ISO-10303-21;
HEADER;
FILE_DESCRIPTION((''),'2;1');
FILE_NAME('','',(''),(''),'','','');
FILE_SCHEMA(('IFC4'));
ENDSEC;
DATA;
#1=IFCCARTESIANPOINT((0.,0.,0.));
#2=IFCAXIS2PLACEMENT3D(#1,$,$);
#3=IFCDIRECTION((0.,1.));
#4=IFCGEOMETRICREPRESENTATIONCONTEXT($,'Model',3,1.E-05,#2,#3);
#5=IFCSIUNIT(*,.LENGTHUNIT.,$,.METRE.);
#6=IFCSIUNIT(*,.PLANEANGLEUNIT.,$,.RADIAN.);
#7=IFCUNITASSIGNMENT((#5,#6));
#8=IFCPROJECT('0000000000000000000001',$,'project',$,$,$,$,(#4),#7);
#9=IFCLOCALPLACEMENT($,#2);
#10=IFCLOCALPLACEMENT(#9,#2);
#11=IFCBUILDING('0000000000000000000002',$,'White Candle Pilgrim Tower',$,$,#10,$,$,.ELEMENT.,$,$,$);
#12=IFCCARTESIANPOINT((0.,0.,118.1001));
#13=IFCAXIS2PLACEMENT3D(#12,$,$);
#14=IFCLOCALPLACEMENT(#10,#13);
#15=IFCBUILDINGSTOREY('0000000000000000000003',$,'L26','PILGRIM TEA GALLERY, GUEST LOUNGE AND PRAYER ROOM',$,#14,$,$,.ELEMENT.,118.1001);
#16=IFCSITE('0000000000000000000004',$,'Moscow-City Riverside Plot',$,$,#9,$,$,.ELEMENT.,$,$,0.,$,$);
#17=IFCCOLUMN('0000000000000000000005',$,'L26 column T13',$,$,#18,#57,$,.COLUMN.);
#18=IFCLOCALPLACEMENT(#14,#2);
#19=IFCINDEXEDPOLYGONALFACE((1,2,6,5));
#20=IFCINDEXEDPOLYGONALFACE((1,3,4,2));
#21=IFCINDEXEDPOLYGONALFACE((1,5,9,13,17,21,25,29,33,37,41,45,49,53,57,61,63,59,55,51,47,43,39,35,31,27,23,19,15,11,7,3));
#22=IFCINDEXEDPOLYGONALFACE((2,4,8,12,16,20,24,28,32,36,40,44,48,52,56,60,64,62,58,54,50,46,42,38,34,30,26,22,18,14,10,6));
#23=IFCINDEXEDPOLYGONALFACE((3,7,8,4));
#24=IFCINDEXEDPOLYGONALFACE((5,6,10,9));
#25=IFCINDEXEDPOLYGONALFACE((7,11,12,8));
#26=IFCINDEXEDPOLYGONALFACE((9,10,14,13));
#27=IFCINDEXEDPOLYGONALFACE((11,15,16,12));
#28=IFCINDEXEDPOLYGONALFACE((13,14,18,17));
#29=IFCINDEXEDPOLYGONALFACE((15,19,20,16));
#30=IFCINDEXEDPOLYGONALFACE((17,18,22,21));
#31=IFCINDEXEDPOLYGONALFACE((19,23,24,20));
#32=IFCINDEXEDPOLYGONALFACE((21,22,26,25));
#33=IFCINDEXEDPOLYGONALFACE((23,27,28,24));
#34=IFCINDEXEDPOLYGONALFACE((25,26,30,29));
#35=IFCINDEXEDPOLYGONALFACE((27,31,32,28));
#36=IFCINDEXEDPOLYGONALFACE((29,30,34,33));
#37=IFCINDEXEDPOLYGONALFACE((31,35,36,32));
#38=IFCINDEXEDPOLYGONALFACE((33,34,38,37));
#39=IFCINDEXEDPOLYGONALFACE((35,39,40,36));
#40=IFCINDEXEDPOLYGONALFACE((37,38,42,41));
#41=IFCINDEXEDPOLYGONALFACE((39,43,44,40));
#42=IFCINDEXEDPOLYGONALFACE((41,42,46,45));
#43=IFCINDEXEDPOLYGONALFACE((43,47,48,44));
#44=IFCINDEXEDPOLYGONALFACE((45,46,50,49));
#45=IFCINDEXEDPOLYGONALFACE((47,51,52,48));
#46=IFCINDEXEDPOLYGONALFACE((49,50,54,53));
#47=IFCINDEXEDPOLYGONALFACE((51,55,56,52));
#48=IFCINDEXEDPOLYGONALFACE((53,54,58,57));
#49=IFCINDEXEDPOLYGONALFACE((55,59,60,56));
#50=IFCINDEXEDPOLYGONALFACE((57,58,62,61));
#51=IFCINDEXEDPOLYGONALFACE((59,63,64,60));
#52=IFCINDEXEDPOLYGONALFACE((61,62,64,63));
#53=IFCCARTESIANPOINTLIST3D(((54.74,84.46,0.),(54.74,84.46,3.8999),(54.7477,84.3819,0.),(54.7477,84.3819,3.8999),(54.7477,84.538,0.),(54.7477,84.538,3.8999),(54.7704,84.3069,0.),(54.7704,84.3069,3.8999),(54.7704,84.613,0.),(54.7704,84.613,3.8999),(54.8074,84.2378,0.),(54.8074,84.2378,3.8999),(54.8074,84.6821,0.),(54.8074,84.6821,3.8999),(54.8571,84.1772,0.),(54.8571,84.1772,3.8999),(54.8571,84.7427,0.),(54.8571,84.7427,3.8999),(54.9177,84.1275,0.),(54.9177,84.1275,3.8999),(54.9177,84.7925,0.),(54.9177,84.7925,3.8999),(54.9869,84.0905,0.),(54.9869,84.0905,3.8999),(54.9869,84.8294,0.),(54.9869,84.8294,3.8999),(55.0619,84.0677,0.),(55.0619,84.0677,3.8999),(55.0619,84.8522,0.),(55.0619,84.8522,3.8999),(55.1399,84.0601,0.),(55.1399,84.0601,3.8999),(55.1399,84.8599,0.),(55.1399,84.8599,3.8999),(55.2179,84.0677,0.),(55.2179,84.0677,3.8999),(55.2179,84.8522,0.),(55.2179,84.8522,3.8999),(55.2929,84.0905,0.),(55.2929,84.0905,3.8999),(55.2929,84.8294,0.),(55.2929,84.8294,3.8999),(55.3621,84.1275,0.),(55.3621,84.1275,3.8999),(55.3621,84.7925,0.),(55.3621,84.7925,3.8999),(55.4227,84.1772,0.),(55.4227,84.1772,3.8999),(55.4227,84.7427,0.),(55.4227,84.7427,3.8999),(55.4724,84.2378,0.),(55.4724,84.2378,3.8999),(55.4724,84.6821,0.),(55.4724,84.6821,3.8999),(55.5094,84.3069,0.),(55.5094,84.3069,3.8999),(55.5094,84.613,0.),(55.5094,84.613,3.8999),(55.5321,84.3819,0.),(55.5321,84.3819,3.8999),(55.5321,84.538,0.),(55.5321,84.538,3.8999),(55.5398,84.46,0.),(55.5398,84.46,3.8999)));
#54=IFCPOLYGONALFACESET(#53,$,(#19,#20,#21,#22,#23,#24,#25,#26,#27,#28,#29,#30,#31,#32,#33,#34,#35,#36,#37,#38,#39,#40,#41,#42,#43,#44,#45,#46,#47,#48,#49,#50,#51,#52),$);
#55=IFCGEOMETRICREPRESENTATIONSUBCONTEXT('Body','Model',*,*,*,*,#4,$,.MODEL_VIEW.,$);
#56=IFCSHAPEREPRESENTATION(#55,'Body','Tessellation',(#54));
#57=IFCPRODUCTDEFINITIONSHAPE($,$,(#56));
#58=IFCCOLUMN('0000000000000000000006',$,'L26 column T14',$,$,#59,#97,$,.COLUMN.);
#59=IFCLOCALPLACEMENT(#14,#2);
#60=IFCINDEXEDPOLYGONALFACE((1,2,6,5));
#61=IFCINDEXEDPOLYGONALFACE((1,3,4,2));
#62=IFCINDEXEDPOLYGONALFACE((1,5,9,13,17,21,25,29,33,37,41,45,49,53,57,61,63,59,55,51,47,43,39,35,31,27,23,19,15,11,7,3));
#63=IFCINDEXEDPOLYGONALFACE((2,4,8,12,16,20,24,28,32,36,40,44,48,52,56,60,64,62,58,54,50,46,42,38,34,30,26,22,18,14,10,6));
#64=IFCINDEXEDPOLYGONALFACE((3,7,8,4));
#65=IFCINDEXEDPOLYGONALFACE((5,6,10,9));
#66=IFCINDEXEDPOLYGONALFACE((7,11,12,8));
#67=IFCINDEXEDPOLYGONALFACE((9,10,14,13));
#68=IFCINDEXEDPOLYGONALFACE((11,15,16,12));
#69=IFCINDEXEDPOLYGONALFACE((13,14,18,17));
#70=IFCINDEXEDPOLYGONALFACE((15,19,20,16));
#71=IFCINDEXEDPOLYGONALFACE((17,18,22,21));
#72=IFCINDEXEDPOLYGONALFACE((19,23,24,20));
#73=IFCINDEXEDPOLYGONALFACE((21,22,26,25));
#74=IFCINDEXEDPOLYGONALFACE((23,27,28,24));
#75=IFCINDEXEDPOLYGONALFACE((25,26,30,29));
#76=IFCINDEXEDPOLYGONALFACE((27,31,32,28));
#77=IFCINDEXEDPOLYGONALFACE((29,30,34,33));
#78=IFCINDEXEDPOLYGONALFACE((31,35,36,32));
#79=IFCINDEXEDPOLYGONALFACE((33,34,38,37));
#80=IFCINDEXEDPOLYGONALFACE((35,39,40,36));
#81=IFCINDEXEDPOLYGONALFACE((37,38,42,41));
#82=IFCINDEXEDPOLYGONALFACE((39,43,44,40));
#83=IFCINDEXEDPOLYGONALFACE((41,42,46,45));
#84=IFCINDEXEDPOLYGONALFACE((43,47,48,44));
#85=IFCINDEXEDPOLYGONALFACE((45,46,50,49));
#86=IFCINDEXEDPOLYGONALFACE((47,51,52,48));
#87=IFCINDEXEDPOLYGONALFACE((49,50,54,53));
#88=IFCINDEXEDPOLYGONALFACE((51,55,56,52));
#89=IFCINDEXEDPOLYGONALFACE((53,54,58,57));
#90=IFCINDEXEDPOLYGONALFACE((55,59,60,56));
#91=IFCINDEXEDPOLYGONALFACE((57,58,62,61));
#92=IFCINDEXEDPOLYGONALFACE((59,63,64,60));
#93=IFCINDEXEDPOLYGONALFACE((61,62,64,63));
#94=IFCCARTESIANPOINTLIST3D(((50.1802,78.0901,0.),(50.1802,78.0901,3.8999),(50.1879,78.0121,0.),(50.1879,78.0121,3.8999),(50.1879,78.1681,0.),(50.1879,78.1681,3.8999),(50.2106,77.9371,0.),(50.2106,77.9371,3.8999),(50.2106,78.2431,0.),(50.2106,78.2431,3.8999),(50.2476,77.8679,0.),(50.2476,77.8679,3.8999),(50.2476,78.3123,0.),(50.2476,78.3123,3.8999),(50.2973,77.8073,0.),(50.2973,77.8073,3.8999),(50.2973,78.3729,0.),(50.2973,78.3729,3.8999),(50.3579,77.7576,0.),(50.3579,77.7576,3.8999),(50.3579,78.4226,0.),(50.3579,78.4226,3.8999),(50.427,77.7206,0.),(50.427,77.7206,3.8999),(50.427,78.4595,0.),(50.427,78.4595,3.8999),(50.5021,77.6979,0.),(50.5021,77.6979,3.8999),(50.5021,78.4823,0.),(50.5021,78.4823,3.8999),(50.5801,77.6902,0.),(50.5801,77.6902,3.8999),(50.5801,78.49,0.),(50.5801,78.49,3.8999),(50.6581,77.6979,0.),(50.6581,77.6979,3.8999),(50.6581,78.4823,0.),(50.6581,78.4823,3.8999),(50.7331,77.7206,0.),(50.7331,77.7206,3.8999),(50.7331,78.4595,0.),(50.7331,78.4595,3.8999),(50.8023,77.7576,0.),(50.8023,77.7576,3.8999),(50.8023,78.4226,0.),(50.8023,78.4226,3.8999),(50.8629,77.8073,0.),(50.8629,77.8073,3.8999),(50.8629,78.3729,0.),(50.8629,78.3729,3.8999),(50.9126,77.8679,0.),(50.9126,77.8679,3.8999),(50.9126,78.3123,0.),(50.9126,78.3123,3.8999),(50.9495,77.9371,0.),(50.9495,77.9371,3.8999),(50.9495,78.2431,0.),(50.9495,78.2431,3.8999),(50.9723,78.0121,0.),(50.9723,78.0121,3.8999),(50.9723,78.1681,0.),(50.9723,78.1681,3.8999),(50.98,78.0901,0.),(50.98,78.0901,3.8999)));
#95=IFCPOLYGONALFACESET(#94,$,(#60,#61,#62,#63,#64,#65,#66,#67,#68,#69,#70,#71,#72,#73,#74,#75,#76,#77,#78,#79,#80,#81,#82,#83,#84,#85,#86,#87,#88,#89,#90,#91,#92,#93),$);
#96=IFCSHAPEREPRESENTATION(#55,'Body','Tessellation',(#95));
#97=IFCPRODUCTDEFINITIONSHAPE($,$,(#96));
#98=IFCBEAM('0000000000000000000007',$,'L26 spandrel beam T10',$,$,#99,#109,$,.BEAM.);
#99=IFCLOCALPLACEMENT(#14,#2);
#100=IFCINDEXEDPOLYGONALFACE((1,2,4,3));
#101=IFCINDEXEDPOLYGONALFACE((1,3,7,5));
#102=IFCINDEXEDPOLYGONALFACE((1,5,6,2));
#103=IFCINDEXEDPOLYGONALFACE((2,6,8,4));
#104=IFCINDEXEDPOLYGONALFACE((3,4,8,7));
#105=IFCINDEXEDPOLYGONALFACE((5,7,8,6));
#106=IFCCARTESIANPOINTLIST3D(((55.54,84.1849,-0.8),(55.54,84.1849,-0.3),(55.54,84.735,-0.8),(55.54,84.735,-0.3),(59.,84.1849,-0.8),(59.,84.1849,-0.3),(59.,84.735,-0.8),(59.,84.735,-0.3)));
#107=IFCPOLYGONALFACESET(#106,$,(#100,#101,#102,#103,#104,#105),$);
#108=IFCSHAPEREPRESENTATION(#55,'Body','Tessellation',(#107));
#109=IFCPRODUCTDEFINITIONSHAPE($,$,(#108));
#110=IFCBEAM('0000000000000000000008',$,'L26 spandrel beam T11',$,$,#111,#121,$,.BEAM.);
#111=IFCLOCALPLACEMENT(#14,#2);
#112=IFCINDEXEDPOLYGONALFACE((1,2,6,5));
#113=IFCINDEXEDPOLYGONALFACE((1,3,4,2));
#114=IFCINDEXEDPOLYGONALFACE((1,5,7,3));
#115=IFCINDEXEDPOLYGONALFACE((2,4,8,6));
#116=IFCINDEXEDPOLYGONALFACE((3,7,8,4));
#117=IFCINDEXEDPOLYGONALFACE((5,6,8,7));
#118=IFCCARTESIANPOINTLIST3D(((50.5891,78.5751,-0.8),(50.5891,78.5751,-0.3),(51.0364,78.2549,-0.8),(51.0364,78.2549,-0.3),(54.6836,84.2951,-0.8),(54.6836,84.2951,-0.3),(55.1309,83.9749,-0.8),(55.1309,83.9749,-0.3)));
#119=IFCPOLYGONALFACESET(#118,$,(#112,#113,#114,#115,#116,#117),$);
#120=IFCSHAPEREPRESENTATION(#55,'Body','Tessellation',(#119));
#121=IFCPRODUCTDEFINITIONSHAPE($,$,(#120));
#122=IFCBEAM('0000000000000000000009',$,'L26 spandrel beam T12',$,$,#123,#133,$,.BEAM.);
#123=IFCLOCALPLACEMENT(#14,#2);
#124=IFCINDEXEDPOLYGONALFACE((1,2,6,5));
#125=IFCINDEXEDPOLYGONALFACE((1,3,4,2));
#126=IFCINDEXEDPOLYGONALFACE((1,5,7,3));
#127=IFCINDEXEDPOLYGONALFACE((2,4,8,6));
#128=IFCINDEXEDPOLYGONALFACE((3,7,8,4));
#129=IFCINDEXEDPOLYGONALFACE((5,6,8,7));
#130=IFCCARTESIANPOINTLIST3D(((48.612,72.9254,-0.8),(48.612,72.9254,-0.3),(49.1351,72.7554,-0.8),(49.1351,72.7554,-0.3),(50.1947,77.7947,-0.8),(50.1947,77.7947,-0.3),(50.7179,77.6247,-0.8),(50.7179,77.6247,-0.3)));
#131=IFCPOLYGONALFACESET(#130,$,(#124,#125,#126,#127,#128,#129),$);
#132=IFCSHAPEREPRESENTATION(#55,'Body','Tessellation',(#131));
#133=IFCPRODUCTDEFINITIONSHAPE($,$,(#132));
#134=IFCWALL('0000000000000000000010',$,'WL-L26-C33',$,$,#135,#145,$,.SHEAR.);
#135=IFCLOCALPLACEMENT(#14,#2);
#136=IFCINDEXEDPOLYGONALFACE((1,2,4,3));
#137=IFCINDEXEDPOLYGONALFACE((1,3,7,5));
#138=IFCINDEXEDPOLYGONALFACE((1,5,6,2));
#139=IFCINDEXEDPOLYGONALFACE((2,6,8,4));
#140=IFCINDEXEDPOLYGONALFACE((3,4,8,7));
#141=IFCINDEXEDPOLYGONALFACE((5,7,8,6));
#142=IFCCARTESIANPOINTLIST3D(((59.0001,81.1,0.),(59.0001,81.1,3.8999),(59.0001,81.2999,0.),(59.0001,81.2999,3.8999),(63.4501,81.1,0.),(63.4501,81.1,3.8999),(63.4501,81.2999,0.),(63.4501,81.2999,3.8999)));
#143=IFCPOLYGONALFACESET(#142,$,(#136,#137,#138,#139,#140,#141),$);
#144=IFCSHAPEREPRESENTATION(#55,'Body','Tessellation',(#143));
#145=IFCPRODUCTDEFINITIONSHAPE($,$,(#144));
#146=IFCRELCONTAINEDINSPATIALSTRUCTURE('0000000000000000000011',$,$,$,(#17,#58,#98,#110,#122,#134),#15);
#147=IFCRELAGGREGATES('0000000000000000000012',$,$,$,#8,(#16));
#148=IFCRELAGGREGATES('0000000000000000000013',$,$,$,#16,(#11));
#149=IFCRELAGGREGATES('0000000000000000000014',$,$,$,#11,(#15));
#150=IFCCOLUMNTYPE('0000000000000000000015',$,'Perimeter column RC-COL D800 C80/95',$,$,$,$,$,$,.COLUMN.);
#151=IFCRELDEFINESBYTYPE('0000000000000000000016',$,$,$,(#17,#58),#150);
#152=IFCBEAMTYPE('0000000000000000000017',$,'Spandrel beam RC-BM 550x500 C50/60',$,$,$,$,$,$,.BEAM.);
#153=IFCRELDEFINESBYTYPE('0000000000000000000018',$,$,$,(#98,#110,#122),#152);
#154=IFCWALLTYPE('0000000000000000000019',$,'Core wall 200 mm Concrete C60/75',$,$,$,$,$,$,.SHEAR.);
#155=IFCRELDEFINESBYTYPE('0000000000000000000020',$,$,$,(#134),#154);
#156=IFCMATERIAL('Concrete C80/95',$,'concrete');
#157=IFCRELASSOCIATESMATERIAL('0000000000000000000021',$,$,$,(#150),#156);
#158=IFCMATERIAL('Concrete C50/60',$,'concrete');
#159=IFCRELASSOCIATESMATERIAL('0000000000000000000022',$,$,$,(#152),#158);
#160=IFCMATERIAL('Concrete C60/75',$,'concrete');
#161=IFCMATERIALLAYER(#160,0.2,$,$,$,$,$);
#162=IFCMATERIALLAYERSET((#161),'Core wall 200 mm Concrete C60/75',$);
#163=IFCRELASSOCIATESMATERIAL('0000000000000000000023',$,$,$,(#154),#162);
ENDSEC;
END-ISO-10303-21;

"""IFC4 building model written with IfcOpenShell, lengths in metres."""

from ifc_helpers import new_model, si_unit, direction, frame, frame_2d, origin, origin_2d, place, context, subcontext, project, spatial, rectangle, circle, extrude, material, layer, layer_set, material_profile, profile_set, type_object, element, save


model = new_model("IFC4")

# Units and contexts
model_context = context("Model", 3, precision=1e-05, world=origin(), true_north=direction((0.0, 1.0)))
body_context = subcontext(model_context, "Body", "Model", "MODEL_VIEW")
ifc_project = project(units=[si_unit("LENGTHUNIT", "METRE"), si_unit("PLANEANGLEUNIT", "RADIAN")], contexts=[model_context])

# Site, building, storey
site_placement = place(None, origin())
site = spatial("IfcSite", under=ifc_project, at=site_placement, Name="Moscow-City Riverside Plot", CompositionType="ELEMENT", RefElevation=0.0)
building_placement = place(site_placement, origin())
building = spatial("IfcBuilding", under=site, at=building_placement, Name="White Candle Pilgrim Tower", CompositionType="ELEMENT")
storey_placement = place(building_placement, frame((0.0, 0.0, 118.1001)))
storey = spatial("IfcBuildingStorey", under=building, at=storey_placement, Name="L26", Description="PILGRIM TEA GALLERY, GUEST LOUNGE AND PRAYER ROOM", CompositionType="ELEMENT", Elevation=118.1001)

# Columns
ifc_material_1 = material(Name="Concrete C80/95", Category="concrete")
ifc_material_profile_1 = material_profile(ifc_material_1, circle(Radius=0.3999, at=origin_2d()), Name="RC-COL D800")
ifc_profile_set_1 = profile_set([ifc_material_profile_1], Name="Concrete C80/95")
column_type = type_object("IfcColumnType", Name="Perimeter column RC-COL D800 C80/95", PredefinedType="COLUMN", material=ifc_profile_set_1)
for number, where, z_axis, x_axis, name in (
    (1, (55.1399, 84.46, 0.0), (0.0, 0.0, 1.0), (1.0, 0.0, 0.0), "L26 column T13"),
    (2, (50.5801, 78.0901, 0.0), (0.0, 0.0, 1.0), (1.0, 0.0, 0.0), "L26 column T14"),
):
    element("IfcColumn", number, at=place(storey_placement, frame(where, z_axis=z_axis, x_axis=x_axis)), inside=storey, type_object=column_type, Name=name, PredefinedType="COLUMN", context=body_context, shape_type="SweptSolid", body=[
        extrude(circle(Radius=0.3999, at=origin_2d()), origin(), (0.0, 0.0, 1.0), 3.8999),
    ])

# Beams
ifc_material_2 = material(Name="Concrete C50/60", Category="concrete")
ifc_material_profile_2 = material_profile(ifc_material_2, rectangle(XDim=0.55, YDim=0.5, at=origin_2d()), Name="RC-BM 550x500")
ifc_profile_set_2 = profile_set([ifc_material_profile_2], Name="Concrete C50/60")
beam_type = type_object("IfcBeamType", Name="Spandrel beam RC-BM 550x500 C50/60", PredefinedType="BEAM", material=ifc_profile_set_2)
beam_1_placement = place(storey_placement, frame((55.54, 84.46, -0.55), z_axis=(1.0, 0.0, 0.0), x_axis=(0.0, 1.0, 0.0)))
element("IfcBeam", 3, at=beam_1_placement, inside=storey, type_object=beam_type, Name="L26 spandrel beam T10", PredefinedType="BEAM", context=body_context, shape_type="SweptSolid", body=[
    extrude(rectangle(XDim=0.55, YDim=0.5, at=origin_2d()), origin(), (0.0, 0.0, 1.0), 3.46),
])
beam_2_placement = place(storey_placement, frame((54.9072, 84.135, -0.55), z_axis=(-0.582065, -0.813142, 0.0), x_axis=(0.813142, -0.582065, 0.0)))
element("IfcBeam", 4, at=beam_2_placement, inside=storey, type_object=beam_type, Name="L26 spandrel beam T11", PredefinedType="BEAM", context=body_context, shape_type="SweptSolid", body=[
    extrude(rectangle(XDim=0.55, YDim=0.5, at=origin_2d()), origin(), (0.0, 0.0, 1.0), 7.0344),
])
beam_3_placement = place(storey_placement, frame((50.4563, 77.7097, -0.55), z_axis=(-0.309124, -0.951022, 0.0), x_axis=(0.951022, -0.309124, 0.0)))
element("IfcBeam", 5, at=beam_3_placement, inside=storey, type_object=beam_type, Name="L26 spandrel beam T12", PredefinedType="BEAM", context=body_context, shape_type="SweptSolid", body=[
    extrude(rectangle(XDim=0.55, YDim=0.5, at=origin_2d()), origin(), (0.0, 0.0, 1.0), 5.1201),
])

# Wall
ifc_material_3 = material(Name="Concrete C60/75", Category="concrete")
ifc_layer_1 = layer(ifc_material_3, 0.2)
ifc_layer_set_1 = layer_set([ifc_layer_1], Name="Core wall 200 mm Concrete C60/75")
wall_type_1 = type_object("IfcWallType", Name="Core wall 200 mm Concrete C60/75", PredefinedType="SHEAR", material=ifc_layer_set_1)
wall_1_placement = place(storey_placement, frame((59.0, 81.2, 0.0), z_axis=(0.0, 0.0, 1.0), x_axis=(1.0, 0.0, 0.0)))
element("IfcWall", 6, at=wall_1_placement, inside=storey, type_object=wall_type_1, Name="WL-L26-C33", PredefinedType="SHEAR", context=body_context, shape_type="SweptSolid", body=[
    extrude(rectangle(XDim=4.45, YDim=0.2, at=frame_2d((2.2251, 0.0))), origin(), (0.0, 0.0, 1.0), 3.8999),
])

save(model, "model.ifc")
